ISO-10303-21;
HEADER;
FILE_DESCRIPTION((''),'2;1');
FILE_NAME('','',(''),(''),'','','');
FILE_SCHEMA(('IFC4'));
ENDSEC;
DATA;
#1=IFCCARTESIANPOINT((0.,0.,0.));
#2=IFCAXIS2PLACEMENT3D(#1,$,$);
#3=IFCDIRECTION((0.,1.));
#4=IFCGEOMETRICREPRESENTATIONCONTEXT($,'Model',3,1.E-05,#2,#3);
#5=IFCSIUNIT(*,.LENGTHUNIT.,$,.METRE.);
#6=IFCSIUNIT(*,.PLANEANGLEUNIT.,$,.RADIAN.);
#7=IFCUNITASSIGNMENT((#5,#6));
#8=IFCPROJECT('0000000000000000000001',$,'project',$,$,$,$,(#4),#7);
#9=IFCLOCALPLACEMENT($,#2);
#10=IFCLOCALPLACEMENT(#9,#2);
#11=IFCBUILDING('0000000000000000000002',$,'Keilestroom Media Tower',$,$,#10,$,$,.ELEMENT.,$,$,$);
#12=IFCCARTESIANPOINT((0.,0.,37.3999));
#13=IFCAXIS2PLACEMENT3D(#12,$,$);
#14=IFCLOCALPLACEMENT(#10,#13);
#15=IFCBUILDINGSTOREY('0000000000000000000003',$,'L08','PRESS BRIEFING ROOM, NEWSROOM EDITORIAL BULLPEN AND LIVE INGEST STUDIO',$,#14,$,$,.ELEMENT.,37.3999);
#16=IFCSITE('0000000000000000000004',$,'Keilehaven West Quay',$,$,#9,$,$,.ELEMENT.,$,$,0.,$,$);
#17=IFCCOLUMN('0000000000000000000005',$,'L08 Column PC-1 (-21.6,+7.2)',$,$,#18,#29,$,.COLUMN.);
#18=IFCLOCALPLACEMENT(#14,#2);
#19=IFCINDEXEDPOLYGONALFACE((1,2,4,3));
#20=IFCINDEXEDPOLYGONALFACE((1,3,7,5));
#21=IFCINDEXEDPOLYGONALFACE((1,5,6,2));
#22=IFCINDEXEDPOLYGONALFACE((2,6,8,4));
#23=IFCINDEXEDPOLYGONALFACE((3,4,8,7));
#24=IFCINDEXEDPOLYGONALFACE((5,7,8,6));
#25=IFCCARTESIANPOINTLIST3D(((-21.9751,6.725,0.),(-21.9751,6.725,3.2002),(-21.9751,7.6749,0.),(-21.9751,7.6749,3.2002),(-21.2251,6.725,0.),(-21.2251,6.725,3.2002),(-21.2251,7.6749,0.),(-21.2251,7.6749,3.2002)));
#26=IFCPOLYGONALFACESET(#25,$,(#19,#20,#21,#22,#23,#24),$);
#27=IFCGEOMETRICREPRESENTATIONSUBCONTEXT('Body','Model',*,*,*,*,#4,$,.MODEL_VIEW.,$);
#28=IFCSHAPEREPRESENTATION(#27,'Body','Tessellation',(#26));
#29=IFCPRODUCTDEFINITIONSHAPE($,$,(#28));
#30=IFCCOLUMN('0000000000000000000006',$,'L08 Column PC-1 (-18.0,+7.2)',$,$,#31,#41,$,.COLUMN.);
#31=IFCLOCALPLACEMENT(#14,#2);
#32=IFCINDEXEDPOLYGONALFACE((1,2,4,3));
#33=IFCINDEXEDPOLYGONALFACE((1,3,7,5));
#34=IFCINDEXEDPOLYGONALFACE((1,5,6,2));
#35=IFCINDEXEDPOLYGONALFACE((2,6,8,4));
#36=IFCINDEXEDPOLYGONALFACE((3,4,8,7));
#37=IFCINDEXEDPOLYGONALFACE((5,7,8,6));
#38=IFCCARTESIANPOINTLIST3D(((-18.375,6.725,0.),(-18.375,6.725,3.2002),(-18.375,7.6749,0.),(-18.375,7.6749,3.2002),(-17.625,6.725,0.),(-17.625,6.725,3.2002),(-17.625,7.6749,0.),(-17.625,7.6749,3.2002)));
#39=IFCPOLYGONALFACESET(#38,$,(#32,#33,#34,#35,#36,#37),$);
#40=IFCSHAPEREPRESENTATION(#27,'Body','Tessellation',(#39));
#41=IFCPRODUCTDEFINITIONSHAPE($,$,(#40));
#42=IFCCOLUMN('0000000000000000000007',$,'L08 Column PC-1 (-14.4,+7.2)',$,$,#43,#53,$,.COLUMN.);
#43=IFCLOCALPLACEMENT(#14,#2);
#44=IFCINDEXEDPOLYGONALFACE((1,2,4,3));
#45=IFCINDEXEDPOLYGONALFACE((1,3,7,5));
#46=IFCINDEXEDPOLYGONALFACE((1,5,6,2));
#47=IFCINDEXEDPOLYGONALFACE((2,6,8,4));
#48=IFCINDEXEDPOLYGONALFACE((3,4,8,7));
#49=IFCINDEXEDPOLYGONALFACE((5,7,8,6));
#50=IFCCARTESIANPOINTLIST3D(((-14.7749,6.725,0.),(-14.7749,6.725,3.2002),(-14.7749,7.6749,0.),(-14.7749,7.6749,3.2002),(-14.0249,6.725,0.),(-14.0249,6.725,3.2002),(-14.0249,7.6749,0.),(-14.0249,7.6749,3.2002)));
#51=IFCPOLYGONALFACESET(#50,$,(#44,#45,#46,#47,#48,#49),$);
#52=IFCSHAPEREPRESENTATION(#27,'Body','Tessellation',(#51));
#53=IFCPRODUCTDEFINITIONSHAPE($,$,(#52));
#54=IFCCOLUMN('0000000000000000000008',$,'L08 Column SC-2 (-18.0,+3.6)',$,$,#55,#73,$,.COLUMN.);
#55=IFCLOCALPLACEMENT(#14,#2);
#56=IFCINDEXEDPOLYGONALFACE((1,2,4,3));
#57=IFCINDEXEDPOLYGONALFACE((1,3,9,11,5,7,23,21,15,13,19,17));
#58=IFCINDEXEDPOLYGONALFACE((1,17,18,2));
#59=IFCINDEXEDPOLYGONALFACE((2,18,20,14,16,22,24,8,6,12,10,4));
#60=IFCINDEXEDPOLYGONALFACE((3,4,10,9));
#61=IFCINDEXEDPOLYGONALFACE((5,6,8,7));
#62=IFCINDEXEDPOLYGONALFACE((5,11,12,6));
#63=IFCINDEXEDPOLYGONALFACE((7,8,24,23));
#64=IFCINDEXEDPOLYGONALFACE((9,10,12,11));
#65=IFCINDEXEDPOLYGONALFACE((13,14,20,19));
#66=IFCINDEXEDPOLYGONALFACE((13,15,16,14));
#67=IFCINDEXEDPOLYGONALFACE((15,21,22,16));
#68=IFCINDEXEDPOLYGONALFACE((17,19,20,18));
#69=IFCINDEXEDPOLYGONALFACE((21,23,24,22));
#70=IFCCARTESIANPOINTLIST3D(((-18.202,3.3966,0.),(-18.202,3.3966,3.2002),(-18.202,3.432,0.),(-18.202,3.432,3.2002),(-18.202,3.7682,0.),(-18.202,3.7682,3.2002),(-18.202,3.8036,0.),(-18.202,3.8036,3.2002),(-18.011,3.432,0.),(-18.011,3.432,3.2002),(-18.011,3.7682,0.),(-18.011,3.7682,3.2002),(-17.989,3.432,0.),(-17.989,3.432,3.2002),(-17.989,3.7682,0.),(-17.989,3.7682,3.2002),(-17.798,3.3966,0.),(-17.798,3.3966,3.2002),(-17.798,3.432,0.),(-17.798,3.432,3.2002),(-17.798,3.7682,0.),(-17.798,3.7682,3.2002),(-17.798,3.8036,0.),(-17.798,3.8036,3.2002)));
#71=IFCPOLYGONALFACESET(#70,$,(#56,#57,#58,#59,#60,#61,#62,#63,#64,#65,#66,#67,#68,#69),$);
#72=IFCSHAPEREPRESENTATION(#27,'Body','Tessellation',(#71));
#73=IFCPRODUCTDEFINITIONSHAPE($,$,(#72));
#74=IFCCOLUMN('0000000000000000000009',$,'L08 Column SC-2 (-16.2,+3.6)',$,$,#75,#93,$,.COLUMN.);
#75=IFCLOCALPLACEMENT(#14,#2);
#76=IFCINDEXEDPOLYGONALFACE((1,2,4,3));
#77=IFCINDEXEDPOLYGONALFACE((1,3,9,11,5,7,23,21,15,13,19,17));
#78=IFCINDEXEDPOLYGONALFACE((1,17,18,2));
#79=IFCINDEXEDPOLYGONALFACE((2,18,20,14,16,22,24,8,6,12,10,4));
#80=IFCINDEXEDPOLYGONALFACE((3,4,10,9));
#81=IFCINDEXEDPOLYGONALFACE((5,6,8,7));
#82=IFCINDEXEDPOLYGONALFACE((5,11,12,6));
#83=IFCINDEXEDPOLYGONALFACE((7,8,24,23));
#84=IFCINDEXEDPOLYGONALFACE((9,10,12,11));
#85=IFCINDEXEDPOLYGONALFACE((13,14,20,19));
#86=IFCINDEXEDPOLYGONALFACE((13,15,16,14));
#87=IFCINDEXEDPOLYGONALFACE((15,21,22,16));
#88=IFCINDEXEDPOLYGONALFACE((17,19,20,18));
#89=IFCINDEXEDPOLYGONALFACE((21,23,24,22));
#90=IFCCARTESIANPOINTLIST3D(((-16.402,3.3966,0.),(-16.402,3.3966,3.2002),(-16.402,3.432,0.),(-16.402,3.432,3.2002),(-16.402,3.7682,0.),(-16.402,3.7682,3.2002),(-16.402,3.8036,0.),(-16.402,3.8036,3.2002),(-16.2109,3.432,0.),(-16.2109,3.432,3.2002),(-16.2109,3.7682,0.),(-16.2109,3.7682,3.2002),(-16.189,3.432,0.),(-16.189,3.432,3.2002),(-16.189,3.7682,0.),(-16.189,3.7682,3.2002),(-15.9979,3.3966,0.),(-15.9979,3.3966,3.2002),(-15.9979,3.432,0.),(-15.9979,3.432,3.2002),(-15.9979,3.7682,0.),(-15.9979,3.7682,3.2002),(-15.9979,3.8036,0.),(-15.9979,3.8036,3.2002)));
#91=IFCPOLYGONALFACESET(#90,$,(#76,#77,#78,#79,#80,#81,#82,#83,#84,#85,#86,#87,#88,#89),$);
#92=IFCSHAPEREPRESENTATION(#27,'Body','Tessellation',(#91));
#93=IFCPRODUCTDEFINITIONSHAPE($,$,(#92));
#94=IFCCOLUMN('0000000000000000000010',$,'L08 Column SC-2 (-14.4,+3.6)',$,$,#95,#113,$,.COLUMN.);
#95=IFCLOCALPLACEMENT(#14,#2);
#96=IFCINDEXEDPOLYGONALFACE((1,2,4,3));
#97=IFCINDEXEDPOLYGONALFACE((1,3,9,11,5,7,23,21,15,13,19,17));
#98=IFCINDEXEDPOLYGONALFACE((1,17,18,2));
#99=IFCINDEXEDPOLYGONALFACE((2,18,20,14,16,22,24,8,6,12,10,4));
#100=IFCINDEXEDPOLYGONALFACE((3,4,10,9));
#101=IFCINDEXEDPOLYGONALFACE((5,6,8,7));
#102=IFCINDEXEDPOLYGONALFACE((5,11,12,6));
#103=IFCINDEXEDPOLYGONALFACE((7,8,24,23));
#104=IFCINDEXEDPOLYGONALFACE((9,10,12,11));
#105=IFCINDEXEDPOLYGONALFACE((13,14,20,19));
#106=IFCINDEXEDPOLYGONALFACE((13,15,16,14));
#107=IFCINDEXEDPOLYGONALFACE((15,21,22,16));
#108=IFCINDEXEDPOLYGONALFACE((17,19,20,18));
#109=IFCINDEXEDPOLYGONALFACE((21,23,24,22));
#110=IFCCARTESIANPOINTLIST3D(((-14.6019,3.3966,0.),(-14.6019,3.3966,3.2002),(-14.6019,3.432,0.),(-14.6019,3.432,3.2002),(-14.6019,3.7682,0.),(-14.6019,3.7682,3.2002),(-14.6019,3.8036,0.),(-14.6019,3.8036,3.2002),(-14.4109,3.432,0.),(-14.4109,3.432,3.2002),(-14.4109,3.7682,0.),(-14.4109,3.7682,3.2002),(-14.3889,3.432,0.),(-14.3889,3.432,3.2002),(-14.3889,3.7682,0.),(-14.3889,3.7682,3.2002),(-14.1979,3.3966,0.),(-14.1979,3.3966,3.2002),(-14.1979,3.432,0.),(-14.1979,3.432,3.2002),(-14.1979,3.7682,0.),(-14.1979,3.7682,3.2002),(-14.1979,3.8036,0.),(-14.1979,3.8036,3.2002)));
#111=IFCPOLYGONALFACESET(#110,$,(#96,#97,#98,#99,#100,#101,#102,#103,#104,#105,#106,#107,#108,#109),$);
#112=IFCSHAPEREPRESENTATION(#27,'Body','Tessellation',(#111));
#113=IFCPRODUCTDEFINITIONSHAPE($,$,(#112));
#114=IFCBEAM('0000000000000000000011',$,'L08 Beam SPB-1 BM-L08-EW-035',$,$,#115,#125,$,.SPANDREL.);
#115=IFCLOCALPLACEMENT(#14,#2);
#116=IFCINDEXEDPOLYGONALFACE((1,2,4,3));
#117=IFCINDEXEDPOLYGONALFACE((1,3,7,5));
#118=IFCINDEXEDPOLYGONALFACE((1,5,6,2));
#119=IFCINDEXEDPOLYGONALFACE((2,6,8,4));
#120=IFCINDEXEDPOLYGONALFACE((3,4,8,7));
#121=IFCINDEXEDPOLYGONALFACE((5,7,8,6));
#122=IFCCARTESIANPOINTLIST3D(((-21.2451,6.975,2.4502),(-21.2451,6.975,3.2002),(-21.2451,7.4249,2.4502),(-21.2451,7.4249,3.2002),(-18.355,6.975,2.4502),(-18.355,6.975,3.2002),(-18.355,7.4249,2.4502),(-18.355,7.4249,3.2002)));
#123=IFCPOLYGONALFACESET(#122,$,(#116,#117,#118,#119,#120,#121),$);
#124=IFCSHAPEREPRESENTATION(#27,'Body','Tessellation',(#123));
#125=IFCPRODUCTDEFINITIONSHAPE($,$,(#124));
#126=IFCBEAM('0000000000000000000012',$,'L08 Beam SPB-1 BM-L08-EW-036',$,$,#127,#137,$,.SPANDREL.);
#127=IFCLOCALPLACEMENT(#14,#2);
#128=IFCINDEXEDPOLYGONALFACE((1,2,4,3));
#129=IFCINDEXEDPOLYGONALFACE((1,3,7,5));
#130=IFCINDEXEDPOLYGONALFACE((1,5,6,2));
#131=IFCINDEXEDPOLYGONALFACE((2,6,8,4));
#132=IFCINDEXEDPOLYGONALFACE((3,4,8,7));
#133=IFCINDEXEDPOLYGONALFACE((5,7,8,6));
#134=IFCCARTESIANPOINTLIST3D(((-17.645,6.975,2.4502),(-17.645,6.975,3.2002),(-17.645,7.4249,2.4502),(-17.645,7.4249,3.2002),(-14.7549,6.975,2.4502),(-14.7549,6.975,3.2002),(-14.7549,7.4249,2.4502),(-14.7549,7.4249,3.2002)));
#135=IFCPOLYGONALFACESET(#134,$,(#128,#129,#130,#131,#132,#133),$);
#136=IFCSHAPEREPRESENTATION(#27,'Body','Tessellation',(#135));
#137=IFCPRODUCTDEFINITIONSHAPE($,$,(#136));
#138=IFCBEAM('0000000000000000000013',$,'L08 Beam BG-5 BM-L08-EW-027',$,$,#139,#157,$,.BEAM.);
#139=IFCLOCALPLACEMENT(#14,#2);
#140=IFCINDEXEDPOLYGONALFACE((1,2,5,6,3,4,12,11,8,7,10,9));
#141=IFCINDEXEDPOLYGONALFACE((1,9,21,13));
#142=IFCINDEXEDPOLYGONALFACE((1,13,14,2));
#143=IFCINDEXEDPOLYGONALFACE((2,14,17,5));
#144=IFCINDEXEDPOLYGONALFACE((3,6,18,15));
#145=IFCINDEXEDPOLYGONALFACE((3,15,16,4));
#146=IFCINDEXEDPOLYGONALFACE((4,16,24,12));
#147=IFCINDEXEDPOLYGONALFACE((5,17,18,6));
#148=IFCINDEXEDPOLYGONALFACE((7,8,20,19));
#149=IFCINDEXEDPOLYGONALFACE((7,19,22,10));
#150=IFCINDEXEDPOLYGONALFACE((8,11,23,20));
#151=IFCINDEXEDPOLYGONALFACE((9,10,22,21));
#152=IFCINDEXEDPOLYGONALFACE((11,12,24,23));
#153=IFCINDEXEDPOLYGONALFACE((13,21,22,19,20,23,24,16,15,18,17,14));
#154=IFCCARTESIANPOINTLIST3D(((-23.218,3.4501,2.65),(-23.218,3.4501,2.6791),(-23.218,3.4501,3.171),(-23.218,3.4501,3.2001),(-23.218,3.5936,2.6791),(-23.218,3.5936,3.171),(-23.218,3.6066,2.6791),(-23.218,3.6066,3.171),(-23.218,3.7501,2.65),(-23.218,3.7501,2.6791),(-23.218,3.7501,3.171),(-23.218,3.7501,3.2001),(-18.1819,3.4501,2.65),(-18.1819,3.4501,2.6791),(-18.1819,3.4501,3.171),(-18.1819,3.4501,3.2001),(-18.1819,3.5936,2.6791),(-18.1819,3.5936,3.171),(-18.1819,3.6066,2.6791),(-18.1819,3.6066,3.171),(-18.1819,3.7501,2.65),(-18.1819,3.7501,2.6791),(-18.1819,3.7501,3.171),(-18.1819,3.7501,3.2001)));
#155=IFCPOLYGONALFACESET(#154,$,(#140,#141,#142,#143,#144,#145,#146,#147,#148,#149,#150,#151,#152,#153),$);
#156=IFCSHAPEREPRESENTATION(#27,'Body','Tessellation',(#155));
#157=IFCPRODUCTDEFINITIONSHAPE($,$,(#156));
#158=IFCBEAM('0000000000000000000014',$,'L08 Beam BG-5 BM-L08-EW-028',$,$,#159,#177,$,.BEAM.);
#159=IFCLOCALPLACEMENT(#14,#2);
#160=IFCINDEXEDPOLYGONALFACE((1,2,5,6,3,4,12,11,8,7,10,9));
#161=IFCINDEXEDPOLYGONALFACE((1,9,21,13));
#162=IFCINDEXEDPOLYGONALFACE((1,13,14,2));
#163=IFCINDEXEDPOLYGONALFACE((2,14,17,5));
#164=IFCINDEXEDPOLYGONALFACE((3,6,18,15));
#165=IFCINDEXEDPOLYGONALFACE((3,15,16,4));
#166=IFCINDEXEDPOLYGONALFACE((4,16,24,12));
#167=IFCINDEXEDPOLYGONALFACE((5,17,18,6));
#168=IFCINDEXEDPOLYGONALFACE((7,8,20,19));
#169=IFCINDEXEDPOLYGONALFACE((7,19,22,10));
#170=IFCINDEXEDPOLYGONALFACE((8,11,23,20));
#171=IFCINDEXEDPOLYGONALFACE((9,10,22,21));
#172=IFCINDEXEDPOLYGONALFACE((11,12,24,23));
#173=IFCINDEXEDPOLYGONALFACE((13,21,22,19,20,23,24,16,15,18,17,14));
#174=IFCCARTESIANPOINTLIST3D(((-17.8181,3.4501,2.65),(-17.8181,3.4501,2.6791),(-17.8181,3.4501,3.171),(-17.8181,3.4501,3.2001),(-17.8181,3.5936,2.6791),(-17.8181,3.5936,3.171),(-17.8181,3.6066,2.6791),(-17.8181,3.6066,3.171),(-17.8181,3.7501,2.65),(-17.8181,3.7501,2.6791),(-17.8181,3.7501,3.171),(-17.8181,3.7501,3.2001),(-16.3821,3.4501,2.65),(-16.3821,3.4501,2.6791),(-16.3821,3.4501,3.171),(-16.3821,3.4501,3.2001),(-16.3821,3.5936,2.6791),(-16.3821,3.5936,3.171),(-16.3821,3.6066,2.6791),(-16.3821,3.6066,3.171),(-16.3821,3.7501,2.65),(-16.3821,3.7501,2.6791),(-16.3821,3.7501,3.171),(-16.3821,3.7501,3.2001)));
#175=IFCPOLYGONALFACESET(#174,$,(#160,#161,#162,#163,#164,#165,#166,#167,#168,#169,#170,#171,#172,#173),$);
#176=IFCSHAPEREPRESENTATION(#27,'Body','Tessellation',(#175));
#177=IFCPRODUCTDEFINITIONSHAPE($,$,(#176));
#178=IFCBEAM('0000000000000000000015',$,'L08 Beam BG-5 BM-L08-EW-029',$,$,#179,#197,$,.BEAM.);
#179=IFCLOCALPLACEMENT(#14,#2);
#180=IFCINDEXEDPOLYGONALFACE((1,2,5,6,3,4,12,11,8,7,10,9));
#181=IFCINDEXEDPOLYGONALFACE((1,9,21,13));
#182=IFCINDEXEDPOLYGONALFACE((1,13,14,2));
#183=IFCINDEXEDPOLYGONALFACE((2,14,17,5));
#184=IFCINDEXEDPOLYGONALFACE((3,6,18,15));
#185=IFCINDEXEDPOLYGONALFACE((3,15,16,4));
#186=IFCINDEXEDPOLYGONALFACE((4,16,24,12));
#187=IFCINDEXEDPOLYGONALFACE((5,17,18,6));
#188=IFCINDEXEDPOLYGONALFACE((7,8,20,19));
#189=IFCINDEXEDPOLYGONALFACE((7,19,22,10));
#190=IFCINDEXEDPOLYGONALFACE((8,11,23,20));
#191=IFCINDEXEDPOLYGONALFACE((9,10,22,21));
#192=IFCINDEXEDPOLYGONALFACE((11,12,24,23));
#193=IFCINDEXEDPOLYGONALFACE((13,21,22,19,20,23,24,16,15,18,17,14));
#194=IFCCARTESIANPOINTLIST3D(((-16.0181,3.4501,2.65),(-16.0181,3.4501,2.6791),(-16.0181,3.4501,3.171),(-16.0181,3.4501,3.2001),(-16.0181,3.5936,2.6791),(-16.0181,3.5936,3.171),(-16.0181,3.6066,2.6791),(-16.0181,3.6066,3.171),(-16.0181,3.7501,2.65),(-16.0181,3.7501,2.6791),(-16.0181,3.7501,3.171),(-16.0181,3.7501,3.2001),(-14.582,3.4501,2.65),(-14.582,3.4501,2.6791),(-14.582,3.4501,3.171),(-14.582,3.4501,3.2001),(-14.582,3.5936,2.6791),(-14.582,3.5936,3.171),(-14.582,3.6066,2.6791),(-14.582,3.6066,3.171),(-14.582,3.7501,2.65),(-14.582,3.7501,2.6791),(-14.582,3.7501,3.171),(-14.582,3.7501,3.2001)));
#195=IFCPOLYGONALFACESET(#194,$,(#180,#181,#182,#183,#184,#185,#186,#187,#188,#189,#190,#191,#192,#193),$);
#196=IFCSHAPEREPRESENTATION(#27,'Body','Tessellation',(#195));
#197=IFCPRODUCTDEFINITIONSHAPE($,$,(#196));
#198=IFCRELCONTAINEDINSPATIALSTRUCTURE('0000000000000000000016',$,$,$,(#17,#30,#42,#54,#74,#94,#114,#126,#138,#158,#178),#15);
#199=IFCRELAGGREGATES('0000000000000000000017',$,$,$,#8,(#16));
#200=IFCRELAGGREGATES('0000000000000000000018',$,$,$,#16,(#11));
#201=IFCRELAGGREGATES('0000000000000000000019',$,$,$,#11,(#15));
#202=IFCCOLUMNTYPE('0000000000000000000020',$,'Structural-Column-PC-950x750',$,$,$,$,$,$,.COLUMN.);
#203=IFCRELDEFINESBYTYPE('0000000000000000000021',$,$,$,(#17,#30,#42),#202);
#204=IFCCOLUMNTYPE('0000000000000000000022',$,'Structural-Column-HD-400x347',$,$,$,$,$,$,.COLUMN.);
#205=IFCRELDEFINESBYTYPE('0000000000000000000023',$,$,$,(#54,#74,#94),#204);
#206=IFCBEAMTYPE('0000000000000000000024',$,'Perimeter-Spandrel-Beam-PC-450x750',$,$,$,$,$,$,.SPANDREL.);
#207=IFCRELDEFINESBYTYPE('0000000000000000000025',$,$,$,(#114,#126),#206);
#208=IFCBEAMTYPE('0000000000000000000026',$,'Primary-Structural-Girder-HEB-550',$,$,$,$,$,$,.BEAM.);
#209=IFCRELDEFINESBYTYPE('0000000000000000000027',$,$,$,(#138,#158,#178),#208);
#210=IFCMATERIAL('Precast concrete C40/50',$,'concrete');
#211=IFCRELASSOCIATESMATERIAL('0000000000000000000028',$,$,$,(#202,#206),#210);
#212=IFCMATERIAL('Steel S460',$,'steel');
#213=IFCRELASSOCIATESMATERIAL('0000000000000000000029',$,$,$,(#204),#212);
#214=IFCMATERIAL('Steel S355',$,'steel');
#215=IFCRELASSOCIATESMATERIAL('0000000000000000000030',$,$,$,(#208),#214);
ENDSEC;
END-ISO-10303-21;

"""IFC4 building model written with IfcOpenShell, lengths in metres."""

from ifc_helpers import new_model, si_unit, direction, frame, origin, origin_2d, place, context, subcontext, project, spatial, rectangle, i_section, extrude, source, transform, mapped, material, material_profile, profile_set, type_object, element, save


model = new_model("IFC4")

# Units and contexts
model_context = context("Model", 3, precision=1e-05, world=origin(), true_north=direction((0.0, 1.0)))
body_context = subcontext(model_context, "Body", "Model", "MODEL_VIEW")
ifc_project = project(units=[si_unit("LENGTHUNIT", "METRE"), si_unit("PLANEANGLEUNIT", "RADIAN")], contexts=[model_context])

# Site, building, storey
site_placement = place(None, origin())
site = spatial("IfcSite", under=ifc_project, at=site_placement, Name="Keilehaven West Quay", CompositionType="ELEMENT", RefElevation=0.0)
building_placement = place(site_placement, origin())
building = spatial("IfcBuilding", under=site, at=building_placement, Name="Keilestroom Media Tower", CompositionType="ELEMENT")
storey_placement = place(building_placement, frame((0.0, 0.0, 37.3999)))
storey = spatial("IfcBuildingStorey", under=building, at=storey_placement, Name="L08", Description="PRESS BRIEFING ROOM, NEWSROOM EDITORIAL BULLPEN AND LIVE INGEST STUDIO", CompositionType="ELEMENT", Elevation=37.3999)

# Columns
ifc_material_1 = material(Name="Precast concrete C40/50", Category="concrete")
ifc_material_profile_1 = material_profile(ifc_material_1, rectangle(XDim=0.75, YDim=0.95, at=origin_2d()), Name="PC 950x750")
ifc_profile_set_1 = profile_set([ifc_material_profile_1], Name="Precast concrete C40/50")
column_type_1 = type_object("IfcColumnType", Name="Structural-Column-PC-950x750", PredefinedType="COLUMN", material=ifc_profile_set_1)
shared_shape_1 = source(origin(), body_context, "Body", "SweptSolid", [
    extrude(rectangle(XDim=0.75, YDim=0.95, at=origin_2d()), origin(), (0.0, 0.0, 1.0), 3.2002),
])
for number, where, z_axis, x_axis, name in (
    (1, (-21.6001, 7.2, 0.0), (0.0, 0.0, 1.0), (1.0, 0.0, 0.0), "L08 Column PC-1 (-21.6,+7.2)"),
    (2, (-18.0, 7.2, 0.0), (0.0, 0.0, 1.0), (1.0, 0.0, 0.0), "L08 Column PC-1 (-18.0,+7.2)"),
    (3, (-14.3999, 7.2, 0.0), (0.0, 0.0, 1.0), (1.0, 0.0, 0.0), "L08 Column PC-1 (-14.4,+7.2)"),
):
    element("IfcColumn", number, at=place(storey_placement, frame(where, z_axis=z_axis, x_axis=x_axis)), inside=storey, type_object=column_type_1, Name=name, PredefinedType="COLUMN", context=body_context, shape_type="MappedRepresentation", body=[
        mapped(shared_shape_1, transform((0.0, 0.0, 0.0), x_axis=(1.0, 0.0, 0.0), y_axis=(0.0, 1.0, 0.0), z_axis=(0.0, 0.0, 1.0), scale=1.0)),
    ])
ifc_material_2 = material(Name="Steel S460", Category="steel")
ifc_material_profile_2 = material_profile(ifc_material_2, i_section(OverallWidth=0.4041, OverallDepth=0.407, WebThickness=0.022, FlangeThickness=0.0354, at=origin_2d()), Name="HD 400x347")
ifc_profile_set_2 = profile_set([ifc_material_profile_2], Name="Steel S460")
column_type_2 = type_object("IfcColumnType", Name="Structural-Column-HD-400x347", PredefinedType="COLUMN", material=ifc_profile_set_2)
shared_shape_2 = source(origin(), body_context, "Body", "SweptSolid", [
    extrude(i_section(OverallWidth=0.4041, OverallDepth=0.407, WebThickness=0.022, FlangeThickness=0.0354, at=origin_2d()), origin(), (0.0, 0.0, 1.0), 3.2002),
])
for number, where, z_axis, x_axis, name in (
    (4, (-18.0, 3.6001, 0.0), (0.0, 0.0, 1.0), (1.0, 0.0, 0.0), "L08 Column SC-2 (-18.0,+3.6)"),
    (5, (-16.2, 3.6001, 0.0), (0.0, 0.0, 1.0), (1.0, 0.0, 0.0), "L08 Column SC-2 (-16.2,+3.6)"),
    (6, (-14.3999, 3.6001, 0.0), (0.0, 0.0, 1.0), (1.0, 0.0, 0.0), "L08 Column SC-2 (-14.4,+3.6)"),
):
    element("IfcColumn", number, at=place(storey_placement, frame(where, z_axis=z_axis, x_axis=x_axis)), inside=storey, type_object=column_type_2, Name=name, PredefinedType="COLUMN", context=body_context, shape_type="MappedRepresentation", body=[
        mapped(shared_shape_2, transform((0.0, 0.0, 0.0), x_axis=(1.0, 0.0, 0.0), y_axis=(0.0, 1.0, 0.0), z_axis=(0.0, 0.0, 1.0), scale=1.0)),
    ])

# Beams
ifc_material_profile_3 = material_profile(ifc_material_1, rectangle(XDim=0.45, YDim=0.75, at=origin_2d()), Name="PC 450x750")
ifc_profile_set_3 = profile_set([ifc_material_profile_3], Name="Precast concrete C40/50")
beam_type_1 = type_object("IfcBeamType", Name="Perimeter-Spandrel-Beam-PC-450x750", PredefinedType="SPANDREL", material=ifc_profile_set_3)
shared_shape_3 = source(origin(), body_context, "Body", "SweptSolid", [
    extrude(rectangle(XDim=0.45, YDim=0.75, at=origin_2d()), origin(), (0.0, 0.0, 1.0), 2.8901),
])
for number, where, z_axis, x_axis, name in (
    (7, (-21.2451, 7.2, 2.8252), (1.0, 0.0, 0.0), (0.0, 1.0, 0.0), "L08 Beam SPB-1 BM-L08-EW-035"),
    (8, (-17.645, 7.2, 2.8252), (1.0, 0.0, 0.0), (0.0, 1.0, 0.0), "L08 Beam SPB-1 BM-L08-EW-036"),
):
    element("IfcBeam", number, at=place(storey_placement, frame(where, z_axis=z_axis, x_axis=x_axis)), inside=storey, type_object=beam_type_1, Name=name, PredefinedType="SPANDREL", context=body_context, shape_type="MappedRepresentation", body=[
        mapped(shared_shape_3, transform((0.0, 0.0, 0.0), x_axis=(1.0, 0.0, 0.0), y_axis=(0.0, 1.0, 0.0), z_axis=(0.0, 0.0, 1.0), scale=1.0)),
    ])
ifc_material_3 = material(Name="Steel S355", Category="steel")
ifc_material_profile_4 = material_profile(ifc_material_3, i_section(OverallWidth=0.3, OverallDepth=0.55, WebThickness=0.0129, FlangeThickness=0.0291, at=origin_2d()), Name="HEB 550")
ifc_profile_set_4 = profile_set([ifc_material_profile_4], Name="Steel S355")
beam_type_2 = type_object("IfcBeamType", Name="Primary-Structural-Girder-HEB-550", PredefinedType="BEAM", material=ifc_profile_set_4)
shared_shape_4 = source(origin(), body_context, "Body", "SweptSolid", [
    extrude(i_section(OverallWidth=0.3, OverallDepth=0.55, WebThickness=0.0129, FlangeThickness=0.0291, at=origin_2d()), origin(), (0.0, 0.0, 1.0), 5.0361),
])
beam_1_placement = place(storey_placement, frame((-23.218, 3.6001, 2.925), z_axis=(1.0, 0.0, 0.0), x_axis=(0.0, 1.0, 0.0)))
element("IfcBeam", 9, at=beam_1_placement, inside=storey, type_object=beam_type_2, Name="L08 Beam BG-5 BM-L08-EW-027", PredefinedType="BEAM", context=body_context, shape_type="MappedRepresentation", body=[
    mapped(shared_shape_4, transform((0.0, 0.0, 0.0), x_axis=(1.0, 0.0, 0.0), y_axis=(0.0, 1.0, 0.0), z_axis=(0.0, 0.0, 1.0), scale=1.0)),
])
shared_shape_5 = source(origin(), body_context, "Body", "SweptSolid", [
    extrude(i_section(OverallWidth=0.3, OverallDepth=0.55, WebThickness=0.0129, FlangeThickness=0.0291, at=origin_2d()), origin(), (0.0, 0.0, 1.0), 1.436),
])
for number, where, z_axis, x_axis, name in (
    (10, (-17.8181, 3.6001, 2.925), (1.0, 0.0, 0.0), (0.0, 1.0, 0.0), "L08 Beam BG-5 BM-L08-EW-028"),
    (11, (-16.0181, 3.6001, 2.925), (1.0, 0.0, 0.0), (0.0, 1.0, 0.0), "L08 Beam BG-5 BM-L08-EW-029"),
):
    element("IfcBeam", number, at=place(storey_placement, frame(where, z_axis=z_axis, x_axis=x_axis)), inside=storey, type_object=beam_type_2, Name=name, PredefinedType="BEAM", context=body_context, shape_type="MappedRepresentation", body=[
        mapped(shared_shape_5, transform((0.0, 0.0, 0.0), x_axis=(1.0, 0.0, 0.0), y_axis=(0.0, 1.0, 0.0), z_axis=(0.0, 0.0, 1.0), scale=1.0)),
    ])

save(model, "model.ifc")
